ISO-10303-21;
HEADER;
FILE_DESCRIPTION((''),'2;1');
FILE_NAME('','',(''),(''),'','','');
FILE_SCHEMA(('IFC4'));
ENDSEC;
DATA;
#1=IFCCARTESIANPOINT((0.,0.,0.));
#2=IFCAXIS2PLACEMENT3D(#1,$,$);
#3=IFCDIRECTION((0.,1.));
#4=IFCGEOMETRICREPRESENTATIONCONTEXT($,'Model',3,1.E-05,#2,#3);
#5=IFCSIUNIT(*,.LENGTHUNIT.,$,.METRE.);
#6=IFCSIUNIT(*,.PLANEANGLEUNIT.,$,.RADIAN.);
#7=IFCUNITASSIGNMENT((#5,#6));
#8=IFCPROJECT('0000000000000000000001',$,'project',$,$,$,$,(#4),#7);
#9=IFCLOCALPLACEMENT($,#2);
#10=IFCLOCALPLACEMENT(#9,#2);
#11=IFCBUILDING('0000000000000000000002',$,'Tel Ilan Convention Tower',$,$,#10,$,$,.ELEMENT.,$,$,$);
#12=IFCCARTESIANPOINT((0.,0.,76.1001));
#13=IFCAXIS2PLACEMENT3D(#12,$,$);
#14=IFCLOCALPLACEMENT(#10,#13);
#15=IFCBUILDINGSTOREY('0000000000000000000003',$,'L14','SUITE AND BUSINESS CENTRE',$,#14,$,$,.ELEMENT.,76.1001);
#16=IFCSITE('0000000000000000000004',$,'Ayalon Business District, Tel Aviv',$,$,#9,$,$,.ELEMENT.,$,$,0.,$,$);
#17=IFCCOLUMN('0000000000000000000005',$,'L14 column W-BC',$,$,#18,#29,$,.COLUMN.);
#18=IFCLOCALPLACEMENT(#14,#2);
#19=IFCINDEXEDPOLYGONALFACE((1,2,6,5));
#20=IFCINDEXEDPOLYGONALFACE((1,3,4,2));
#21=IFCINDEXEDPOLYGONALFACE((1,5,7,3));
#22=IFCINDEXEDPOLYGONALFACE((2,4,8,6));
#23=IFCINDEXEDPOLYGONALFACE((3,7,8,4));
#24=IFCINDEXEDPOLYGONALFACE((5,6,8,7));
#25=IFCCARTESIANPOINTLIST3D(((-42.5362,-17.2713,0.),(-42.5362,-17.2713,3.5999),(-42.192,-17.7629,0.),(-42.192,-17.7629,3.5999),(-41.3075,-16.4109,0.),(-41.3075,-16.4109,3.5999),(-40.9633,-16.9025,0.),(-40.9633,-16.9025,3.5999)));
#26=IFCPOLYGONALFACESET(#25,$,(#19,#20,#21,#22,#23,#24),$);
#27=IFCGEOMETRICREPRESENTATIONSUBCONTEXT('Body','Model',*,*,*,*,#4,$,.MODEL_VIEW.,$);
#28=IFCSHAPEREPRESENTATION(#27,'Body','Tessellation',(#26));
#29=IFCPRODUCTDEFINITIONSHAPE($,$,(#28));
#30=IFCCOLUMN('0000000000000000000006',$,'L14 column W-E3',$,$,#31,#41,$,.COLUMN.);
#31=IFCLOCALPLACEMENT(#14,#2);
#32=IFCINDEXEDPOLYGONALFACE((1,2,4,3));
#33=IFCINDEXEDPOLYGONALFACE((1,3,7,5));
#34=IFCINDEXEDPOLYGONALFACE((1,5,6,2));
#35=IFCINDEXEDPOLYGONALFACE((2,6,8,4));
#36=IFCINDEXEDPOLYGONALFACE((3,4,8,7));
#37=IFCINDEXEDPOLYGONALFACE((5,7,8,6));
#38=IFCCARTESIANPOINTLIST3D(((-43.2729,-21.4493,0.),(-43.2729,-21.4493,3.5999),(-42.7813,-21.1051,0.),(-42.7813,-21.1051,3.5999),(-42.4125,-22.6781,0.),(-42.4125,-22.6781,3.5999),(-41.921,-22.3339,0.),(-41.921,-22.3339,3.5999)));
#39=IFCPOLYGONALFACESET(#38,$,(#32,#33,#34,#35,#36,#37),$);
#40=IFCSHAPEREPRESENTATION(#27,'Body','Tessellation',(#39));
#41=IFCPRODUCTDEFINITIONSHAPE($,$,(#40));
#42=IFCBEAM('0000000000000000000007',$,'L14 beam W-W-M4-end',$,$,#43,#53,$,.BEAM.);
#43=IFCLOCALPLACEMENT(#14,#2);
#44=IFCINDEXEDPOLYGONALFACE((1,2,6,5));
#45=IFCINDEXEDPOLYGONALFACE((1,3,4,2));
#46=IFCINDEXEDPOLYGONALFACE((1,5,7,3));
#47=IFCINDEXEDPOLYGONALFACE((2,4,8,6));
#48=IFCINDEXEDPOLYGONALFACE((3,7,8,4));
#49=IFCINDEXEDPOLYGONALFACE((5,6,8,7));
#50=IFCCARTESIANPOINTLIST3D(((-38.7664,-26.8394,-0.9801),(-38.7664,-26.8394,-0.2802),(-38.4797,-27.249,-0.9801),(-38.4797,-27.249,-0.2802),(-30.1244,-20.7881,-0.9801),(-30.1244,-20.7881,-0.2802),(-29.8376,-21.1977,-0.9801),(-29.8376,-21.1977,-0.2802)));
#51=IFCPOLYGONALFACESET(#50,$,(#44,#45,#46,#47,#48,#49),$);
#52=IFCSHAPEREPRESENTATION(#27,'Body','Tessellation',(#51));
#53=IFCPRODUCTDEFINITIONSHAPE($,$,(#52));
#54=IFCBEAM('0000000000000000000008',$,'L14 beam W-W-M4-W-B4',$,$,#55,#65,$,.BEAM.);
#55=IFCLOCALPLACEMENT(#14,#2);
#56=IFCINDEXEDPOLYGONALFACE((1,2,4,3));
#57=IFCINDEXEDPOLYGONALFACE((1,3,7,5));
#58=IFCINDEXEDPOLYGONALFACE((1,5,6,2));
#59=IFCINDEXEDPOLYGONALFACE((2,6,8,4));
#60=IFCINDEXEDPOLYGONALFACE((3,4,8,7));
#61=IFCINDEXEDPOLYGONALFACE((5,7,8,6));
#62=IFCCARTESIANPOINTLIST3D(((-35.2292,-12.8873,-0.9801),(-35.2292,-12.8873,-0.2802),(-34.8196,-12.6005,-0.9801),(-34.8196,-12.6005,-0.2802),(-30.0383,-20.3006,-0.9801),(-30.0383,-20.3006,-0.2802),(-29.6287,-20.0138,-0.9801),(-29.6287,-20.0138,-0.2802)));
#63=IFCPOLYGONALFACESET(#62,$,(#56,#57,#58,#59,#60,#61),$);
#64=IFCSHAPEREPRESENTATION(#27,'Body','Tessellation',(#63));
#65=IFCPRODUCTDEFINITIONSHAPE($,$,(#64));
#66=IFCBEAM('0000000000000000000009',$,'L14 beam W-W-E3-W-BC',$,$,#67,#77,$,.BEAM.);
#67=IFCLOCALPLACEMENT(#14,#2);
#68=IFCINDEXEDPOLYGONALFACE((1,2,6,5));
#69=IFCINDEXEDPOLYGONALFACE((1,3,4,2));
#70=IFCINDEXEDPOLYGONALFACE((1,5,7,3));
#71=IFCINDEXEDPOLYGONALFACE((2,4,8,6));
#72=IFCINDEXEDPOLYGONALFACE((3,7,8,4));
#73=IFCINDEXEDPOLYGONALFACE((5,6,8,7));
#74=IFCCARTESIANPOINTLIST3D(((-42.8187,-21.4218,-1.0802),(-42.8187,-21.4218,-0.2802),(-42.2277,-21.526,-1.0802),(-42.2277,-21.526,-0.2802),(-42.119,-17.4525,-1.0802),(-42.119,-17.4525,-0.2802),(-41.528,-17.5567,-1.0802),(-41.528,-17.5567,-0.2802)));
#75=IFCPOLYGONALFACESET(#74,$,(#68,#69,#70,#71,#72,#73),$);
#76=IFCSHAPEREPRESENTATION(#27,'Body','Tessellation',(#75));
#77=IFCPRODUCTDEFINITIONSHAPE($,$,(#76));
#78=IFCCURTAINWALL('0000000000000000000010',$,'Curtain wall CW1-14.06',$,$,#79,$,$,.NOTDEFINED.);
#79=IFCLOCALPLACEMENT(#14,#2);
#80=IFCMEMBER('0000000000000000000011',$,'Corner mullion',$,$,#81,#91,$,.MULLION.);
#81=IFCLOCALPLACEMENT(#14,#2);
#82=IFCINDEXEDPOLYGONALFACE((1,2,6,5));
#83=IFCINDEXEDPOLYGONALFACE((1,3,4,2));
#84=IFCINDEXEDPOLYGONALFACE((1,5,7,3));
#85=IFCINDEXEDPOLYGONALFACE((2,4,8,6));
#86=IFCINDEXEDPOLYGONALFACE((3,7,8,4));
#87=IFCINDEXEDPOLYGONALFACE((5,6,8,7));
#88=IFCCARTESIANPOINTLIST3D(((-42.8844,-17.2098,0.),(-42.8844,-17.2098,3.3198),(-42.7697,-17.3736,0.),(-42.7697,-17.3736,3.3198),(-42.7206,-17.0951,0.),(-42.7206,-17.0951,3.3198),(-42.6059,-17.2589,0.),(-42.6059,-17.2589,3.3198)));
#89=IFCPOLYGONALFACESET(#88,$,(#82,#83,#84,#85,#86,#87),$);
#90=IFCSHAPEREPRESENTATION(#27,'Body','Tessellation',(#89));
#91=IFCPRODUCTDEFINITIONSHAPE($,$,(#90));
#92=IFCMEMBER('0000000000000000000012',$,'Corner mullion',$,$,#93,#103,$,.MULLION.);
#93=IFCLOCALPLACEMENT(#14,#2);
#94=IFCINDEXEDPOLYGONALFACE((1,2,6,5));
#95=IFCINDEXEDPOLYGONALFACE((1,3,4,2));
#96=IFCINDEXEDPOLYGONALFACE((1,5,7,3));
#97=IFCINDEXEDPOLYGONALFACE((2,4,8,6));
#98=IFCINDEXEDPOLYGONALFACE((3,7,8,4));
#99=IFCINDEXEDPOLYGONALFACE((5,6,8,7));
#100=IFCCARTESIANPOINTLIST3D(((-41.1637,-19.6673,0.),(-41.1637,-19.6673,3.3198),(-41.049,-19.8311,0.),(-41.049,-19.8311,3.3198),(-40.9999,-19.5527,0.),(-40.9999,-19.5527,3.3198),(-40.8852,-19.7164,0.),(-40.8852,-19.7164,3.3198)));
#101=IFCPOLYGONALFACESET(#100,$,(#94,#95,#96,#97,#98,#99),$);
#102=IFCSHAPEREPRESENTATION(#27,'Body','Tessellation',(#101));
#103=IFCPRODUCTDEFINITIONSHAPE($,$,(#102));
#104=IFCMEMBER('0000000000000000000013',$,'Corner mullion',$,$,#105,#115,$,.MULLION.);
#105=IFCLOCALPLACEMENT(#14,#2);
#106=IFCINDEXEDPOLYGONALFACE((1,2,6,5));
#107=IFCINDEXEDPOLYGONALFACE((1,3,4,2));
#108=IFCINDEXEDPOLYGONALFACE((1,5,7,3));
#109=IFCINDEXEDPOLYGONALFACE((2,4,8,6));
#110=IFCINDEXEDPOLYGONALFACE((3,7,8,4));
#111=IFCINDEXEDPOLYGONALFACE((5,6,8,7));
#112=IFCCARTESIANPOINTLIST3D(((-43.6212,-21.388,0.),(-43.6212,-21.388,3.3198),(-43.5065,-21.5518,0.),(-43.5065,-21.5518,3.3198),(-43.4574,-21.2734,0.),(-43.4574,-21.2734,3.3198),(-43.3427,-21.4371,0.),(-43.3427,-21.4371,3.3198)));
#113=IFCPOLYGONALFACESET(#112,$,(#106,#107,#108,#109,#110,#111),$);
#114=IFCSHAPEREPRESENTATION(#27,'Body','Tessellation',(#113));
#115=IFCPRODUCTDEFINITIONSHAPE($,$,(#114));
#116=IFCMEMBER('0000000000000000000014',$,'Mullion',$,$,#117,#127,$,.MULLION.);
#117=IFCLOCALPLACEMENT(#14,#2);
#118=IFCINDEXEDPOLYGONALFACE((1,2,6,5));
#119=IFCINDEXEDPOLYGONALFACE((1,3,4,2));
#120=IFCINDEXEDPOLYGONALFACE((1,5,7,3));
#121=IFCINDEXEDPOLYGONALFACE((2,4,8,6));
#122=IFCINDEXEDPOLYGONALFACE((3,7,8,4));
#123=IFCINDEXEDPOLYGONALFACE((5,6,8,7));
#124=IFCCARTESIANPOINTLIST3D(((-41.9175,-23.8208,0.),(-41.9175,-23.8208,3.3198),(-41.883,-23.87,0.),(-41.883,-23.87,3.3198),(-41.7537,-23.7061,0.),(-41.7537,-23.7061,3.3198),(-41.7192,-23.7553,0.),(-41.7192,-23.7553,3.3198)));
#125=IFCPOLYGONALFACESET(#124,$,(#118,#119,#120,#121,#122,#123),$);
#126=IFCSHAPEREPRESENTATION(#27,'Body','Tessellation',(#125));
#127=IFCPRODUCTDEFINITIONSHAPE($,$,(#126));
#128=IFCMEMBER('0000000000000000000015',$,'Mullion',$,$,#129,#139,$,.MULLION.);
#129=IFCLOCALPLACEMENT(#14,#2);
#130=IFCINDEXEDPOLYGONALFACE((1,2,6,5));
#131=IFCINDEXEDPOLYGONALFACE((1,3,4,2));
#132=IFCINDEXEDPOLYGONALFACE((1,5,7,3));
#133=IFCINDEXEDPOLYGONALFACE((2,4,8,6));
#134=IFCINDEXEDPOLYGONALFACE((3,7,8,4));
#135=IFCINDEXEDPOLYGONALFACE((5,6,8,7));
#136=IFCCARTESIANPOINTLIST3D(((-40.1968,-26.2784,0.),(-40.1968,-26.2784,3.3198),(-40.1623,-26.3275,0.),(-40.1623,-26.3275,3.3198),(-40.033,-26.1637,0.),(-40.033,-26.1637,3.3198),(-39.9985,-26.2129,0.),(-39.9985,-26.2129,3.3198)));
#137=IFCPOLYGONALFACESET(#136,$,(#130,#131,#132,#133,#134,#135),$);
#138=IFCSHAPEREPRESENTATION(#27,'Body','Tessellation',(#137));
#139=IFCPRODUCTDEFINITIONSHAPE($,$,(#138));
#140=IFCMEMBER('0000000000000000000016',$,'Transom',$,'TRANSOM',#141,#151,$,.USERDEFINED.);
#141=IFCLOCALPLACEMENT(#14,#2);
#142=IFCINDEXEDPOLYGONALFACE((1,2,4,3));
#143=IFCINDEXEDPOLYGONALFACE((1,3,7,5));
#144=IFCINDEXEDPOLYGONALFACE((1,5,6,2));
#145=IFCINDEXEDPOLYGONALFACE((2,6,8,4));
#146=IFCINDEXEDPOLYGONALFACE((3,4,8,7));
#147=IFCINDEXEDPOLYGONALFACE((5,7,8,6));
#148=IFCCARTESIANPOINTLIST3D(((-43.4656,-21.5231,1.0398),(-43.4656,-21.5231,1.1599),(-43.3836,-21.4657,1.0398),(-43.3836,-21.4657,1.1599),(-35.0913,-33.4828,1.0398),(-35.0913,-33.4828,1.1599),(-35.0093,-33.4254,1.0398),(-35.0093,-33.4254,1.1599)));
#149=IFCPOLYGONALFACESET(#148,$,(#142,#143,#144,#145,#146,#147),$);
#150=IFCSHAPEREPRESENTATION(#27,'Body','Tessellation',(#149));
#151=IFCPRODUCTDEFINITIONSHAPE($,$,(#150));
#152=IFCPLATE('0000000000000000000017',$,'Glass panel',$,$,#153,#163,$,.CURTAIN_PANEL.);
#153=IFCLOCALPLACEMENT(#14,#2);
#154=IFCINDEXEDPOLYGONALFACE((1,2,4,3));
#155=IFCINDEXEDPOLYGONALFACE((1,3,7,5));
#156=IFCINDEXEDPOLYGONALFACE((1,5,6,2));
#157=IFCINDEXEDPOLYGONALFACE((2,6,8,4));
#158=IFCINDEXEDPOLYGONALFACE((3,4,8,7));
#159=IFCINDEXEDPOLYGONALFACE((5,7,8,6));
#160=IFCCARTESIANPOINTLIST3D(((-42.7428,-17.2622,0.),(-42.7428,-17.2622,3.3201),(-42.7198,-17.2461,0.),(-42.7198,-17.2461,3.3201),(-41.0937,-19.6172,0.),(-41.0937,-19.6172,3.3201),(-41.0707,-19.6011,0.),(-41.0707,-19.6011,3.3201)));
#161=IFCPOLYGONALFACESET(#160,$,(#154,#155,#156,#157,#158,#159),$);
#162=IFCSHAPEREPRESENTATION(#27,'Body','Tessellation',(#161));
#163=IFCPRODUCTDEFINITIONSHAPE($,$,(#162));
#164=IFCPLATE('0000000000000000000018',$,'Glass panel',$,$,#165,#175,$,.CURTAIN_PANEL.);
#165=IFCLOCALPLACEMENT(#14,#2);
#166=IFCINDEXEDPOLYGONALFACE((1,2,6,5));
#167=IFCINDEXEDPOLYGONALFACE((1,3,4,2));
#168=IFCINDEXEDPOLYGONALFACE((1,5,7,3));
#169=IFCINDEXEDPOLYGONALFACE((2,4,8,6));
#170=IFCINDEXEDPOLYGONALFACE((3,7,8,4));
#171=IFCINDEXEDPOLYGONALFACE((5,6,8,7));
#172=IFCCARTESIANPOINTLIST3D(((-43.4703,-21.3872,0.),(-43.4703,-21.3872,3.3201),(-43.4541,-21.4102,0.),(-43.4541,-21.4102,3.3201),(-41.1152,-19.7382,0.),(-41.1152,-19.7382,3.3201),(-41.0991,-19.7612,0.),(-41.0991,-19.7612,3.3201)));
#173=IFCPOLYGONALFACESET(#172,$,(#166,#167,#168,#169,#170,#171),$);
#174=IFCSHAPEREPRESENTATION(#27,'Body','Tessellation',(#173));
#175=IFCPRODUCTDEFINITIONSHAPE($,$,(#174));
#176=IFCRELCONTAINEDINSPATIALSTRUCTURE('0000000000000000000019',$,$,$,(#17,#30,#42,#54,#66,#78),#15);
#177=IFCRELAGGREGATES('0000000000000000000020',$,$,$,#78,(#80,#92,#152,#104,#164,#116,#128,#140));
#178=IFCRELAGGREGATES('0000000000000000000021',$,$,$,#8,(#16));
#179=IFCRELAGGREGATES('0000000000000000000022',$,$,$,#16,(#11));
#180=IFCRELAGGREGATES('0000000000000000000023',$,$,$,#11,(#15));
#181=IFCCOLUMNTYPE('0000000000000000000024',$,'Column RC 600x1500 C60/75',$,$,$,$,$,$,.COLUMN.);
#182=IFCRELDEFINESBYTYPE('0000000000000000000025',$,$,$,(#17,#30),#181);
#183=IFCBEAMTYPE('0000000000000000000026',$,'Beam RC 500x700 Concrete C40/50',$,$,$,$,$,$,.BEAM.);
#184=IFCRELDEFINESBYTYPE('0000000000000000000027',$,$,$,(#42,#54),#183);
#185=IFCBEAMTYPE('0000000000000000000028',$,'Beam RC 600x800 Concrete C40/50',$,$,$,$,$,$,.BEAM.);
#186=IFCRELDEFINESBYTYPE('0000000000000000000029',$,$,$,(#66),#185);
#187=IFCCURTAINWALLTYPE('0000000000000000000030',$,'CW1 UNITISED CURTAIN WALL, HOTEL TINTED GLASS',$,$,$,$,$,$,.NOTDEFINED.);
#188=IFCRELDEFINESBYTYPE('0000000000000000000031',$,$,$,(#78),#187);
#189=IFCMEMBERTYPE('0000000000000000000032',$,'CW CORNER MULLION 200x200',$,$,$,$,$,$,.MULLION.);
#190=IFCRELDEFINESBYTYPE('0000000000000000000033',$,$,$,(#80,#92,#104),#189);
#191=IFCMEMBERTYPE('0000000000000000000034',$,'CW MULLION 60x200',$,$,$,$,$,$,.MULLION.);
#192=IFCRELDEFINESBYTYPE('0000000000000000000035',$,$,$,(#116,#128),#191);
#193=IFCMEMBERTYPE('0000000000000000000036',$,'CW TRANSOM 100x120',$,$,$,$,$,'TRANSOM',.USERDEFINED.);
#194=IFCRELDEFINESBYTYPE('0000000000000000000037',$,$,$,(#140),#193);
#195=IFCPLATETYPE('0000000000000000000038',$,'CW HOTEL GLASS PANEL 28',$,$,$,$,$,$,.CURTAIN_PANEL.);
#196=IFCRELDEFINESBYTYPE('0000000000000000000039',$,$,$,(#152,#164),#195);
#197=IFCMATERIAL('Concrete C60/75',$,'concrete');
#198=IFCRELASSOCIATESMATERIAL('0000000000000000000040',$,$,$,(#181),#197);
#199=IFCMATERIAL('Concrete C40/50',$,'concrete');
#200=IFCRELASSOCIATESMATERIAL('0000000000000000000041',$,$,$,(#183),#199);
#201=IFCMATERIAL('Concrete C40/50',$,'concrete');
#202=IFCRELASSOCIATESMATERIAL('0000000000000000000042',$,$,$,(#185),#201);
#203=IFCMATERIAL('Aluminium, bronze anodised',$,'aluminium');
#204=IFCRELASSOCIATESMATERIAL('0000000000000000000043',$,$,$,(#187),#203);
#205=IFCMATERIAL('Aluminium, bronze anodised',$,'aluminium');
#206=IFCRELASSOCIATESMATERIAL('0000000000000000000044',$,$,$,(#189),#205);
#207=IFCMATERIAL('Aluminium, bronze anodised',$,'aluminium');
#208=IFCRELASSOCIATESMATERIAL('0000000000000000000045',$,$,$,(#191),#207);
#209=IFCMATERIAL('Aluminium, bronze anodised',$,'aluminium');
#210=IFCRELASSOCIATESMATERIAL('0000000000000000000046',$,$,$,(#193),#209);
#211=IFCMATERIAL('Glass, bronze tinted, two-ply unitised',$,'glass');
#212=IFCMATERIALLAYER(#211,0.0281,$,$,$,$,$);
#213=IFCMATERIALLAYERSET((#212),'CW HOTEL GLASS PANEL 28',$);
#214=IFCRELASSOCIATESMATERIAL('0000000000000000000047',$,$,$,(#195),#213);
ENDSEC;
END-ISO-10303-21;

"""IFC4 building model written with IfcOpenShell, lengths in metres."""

from ifc_helpers import new_model, si_unit, direction, frame, origin, origin_2d, place, context, subcontext, project, spatial, rectangle, extrude, material, layer, layer_set, material_profile, profile_set, type_object, element, aggregate, save


model = new_model("IFC4")

# Units and contexts
model_context = context("Model", 3, precision=1e-05, world=origin(), true_north=direction((0.0, 1.0)))
body_context = subcontext(model_context, "Body", "Model", "MODEL_VIEW")
ifc_project = project(units=[si_unit("LENGTHUNIT", "METRE"), si_unit("PLANEANGLEUNIT", "RADIAN")], contexts=[model_context])

# Site, building, storey
site_placement = place(None, origin())
site = spatial("IfcSite", under=ifc_project, at=site_placement, Name="Ayalon Business District, Tel Aviv", CompositionType="ELEMENT", RefElevation=0.0)
building_placement = place(site_placement, origin())
building = spatial("IfcBuilding", under=site, at=building_placement, Name="Tel Ilan Convention Tower", CompositionType="ELEMENT")
storey_placement = place(building_placement, frame((0.0, 0.0, 76.1001)))
storey = spatial("IfcBuildingStorey", under=building, at=storey_placement, Name="L14", Description="SUITE AND BUSINESS CENTRE", CompositionType="ELEMENT", Elevation=76.1001)

# Columns
ifc_material_1 = material(Name="Concrete C60/75", Category="concrete")
ifc_material_profile_1 = material_profile(ifc_material_1, rectangle(XDim=1.5, YDim=0.6001, at=origin_2d()), Name="RC 600x1500")
ifc_profile_set_1 = profile_set([ifc_material_profile_1], Name="Concrete C60/75")
column_type = type_object("IfcColumnType", Name="Column RC 600x1500 C60/75", PredefinedType="COLUMN", material=ifc_profile_set_1)
for number, where, z_axis, x_axis, name in (
    (1, (-41.7498, -17.0869, 0.0), (0.0, 0.0, 1.0), (-0.819152, -0.573576, 0.0), "L14 column W-BC"),
    (2, (-42.5969, -21.8916, 0.0), (0.0, 0.0, 1.0), (-0.573576, 0.819152, 0.0), "L14 column W-E3"),
):
    element("IfcColumn", number, at=place(storey_placement, frame(where, z_axis=z_axis, x_axis=x_axis)), inside=storey, type_object=column_type, Name=name, PredefinedType="COLUMN", context=body_context, shape_type="SweptSolid", body=[
        extrude(rectangle(XDim=1.5, YDim=0.6001, at=origin_2d()), origin(), (0.0, 0.0, 1.0), 3.5999),
    ])

# Beams
ifc_material_2 = material(Name="Concrete C40/50", Category="concrete")
ifc_material_profile_2 = material_profile(ifc_material_2, rectangle(XDim=0.5, YDim=0.7, at=origin_2d()), Name="RC 500x700")
ifc_profile_set_2 = profile_set([ifc_material_profile_2], Name="Concrete C40/50")
beam_type_1 = type_object("IfcBeamType", Name="Beam RC 500x700 Concrete C40/50", PredefinedType="BEAM", material=ifc_profile_set_2)
beam_1_placement = place(storey_placement, frame((-29.981, -20.9929, -0.6301), z_axis=(-0.819151, -0.573577, 0.0), x_axis=(0.573577, -0.819151, 0.0)))
element("IfcBeam", 3, at=beam_1_placement, inside=storey, type_object=beam_type_1, Name="L14 beam W-W-M4-end", PredefinedType="BEAM", context=body_context, shape_type="SweptSolid", body=[
    extrude(rectangle(XDim=0.5, YDim=0.7, at=origin_2d()), origin(), (0.0, 0.0, 1.0), 10.55),
])
beam_2_placement = place(storey_placement, frame((-29.8335, -20.1572, -0.6301), z_axis=(-0.57358, 0.81915, 0.0), x_axis=(-0.81915, -0.57358, 0.0)))
element("IfcBeam", 4, at=beam_2_placement, inside=storey, type_object=beam_type_1, Name="L14 beam W-W-M4-W-B4", PredefinedType="BEAM", context=body_context, shape_type="SweptSolid", body=[
    extrude(rectangle(XDim=0.5, YDim=0.7, at=origin_2d()), origin(), (0.0, 0.0, 1.0), 9.05),
])
ifc_material_3 = material(Name="Concrete C40/50", Category="concrete")
ifc_material_profile_3 = material_profile(ifc_material_3, rectangle(XDim=0.6001, YDim=0.8, at=origin_2d()), Name="RC 600x800")
ifc_profile_set_3 = profile_set([ifc_material_profile_3], Name="Concrete C40/50")
beam_type_2 = type_object("IfcBeamType", Name="Beam RC 600x800 Concrete C40/50", PredefinedType="BEAM", material=ifc_profile_set_3)
beam_3_placement = place(storey_placement, frame((-42.5232, -21.4739, -0.6802), z_axis=(0.173606, 0.984815, 0.0), x_axis=(-0.984815, 0.173606, 0.0)))
element("IfcBeam", 5, at=beam_3_placement, inside=storey, type_object=beam_type_2, Name="L14 beam W-W-E3-W-BC", PredefinedType="BEAM", context=body_context, shape_type="SweptSolid", body=[
    extrude(rectangle(XDim=0.6001, YDim=0.8, at=origin_2d()), origin(), (0.0, 0.0, 1.0), 4.0305),
])

# Curtain wall, members, plates
ifc_material_4 = material(Name="Aluminium, bronze anodised", Category="aluminium")
curtain_wall_type = type_object("IfcCurtainWallType", Name="CW1 UNITISED CURTAIN WALL, HOTEL TINTED GLASS", PredefinedType="NOTDEFINED", material=ifc_material_4)
curtain_wall_placement = place(storey_placement, origin())
curtain_wall = element("IfcCurtainWall", 6, at=curtain_wall_placement, inside=storey, type_object=curtain_wall_type, Name="Curtain wall CW1-14.06", PredefinedType="NOTDEFINED")
ifc_material_5 = material(Name="Aluminium, bronze anodised", Category="aluminium")
ifc_material_profile_4 = material_profile(ifc_material_5, rectangle(XDim=0.2, YDim=0.2, at=origin_2d()), Name="CW CORNER MULLION 200x200")
ifc_profile_set_4 = profile_set([ifc_material_profile_4], Name="Aluminium, bronze anodised")
member_type_1 = type_object("IfcMemberType", Name="CW CORNER MULLION 200x200", PredefinedType="MULLION", material=ifc_profile_set_4)
member_1_placement = place(storey_placement, frame((-42.7451, -17.2344, 0.0), z_axis=(0.0, 0.0, 1.0), x_axis=(-0.819152, -0.573576, 0.0)))
member_1 = element("IfcMember", 7, at=member_1_placement, type_object=member_type_1, Name="Corner mullion", PredefinedType="MULLION", context=body_context, shape_type="SweptSolid", body=[
    extrude(rectangle(XDim=0.2, YDim=0.2, at=origin_2d()), origin(), (0.0, 0.0, 1.0), 3.3198),
])
member_2_placement = place(storey_placement, frame((-41.0244, -19.6919, 0.0), z_axis=(0.0, 0.0, 1.0), x_axis=(0.573576, -0.819152, 0.0)))
member_2 = element("IfcMember", 8, at=member_2_placement, type_object=member_type_1, Name="Corner mullion", PredefinedType="MULLION", context=body_context, shape_type="SweptSolid", body=[
    extrude(rectangle(XDim=0.2, YDim=0.2, at=origin_2d()), origin(), (0.0, 0.0, 1.0), 3.3198),
])
member_3_placement = place(storey_placement, frame((-43.4819, -21.4126, 0.0), z_axis=(0.0, 0.0, 1.0), x_axis=(-0.819152, -0.573576, 0.0)))
member_3 = element("IfcMember", 9, at=member_3_placement, type_object=member_type_1, Name="Corner mullion", PredefinedType="MULLION", context=body_context, shape_type="SweptSolid", body=[
    extrude(rectangle(XDim=0.2, YDim=0.2, at=origin_2d()), origin(), (0.0, 0.0, 1.0), 3.3198),
])
ifc_material_6 = material(Name="Aluminium, bronze anodised", Category="aluminium")
ifc_material_profile_5 = material_profile(ifc_material_6, rectangle(XDim=0.0601, YDim=0.2, at=origin_2d()), Name="CW MULLION 60x200")
ifc_profile_set_5 = profile_set([ifc_material_profile_5], Name="Aluminium, bronze anodised")
member_type_2 = type_object("IfcMemberType", Name="CW MULLION 60x200", PredefinedType="MULLION", material=ifc_profile_set_5)
member_4_placement = place(storey_placement, frame((-41.8184, -23.7881, 0.0), z_axis=(0.0, 0.0, 1.0), x_axis=(0.573576, -0.819152, 0.0)))
member_4 = element("IfcMember", 10, at=member_4_placement, type_object=member_type_2, Name="Mullion", PredefinedType="MULLION", context=body_context, shape_type="SweptSolid", body=[
    extrude(rectangle(XDim=0.0601, YDim=0.2, at=origin_2d()), origin(), (0.0, 0.0, 1.0), 3.3198),
])
member_5_placement = place(storey_placement, frame((-40.0977, -26.2456, 0.0), z_axis=(0.0, 0.0, 1.0), x_axis=(0.573576, -0.819152, 0.0)))
member_5 = element("IfcMember", 11, at=member_5_placement, type_object=member_type_2, Name="Mullion", PredefinedType="MULLION", context=body_context, shape_type="SweptSolid", body=[
    extrude(rectangle(XDim=0.0601, YDim=0.2, at=origin_2d()), origin(), (0.0, 0.0, 1.0), 3.3198),
])
ifc_material_7 = material(Name="Aluminium, bronze anodised", Category="aluminium")
ifc_material_profile_6 = material_profile(ifc_material_7, rectangle(XDim=0.1001, YDim=0.1201, at=origin_2d()), Name="CW TRANSOM 100x120")
ifc_profile_set_6 = profile_set([ifc_material_profile_6], Name="Aluminium, bronze anodised")
member_type_3 = type_object("IfcMemberType", Name="CW TRANSOM 100x120", ElementType="TRANSOM", PredefinedType="USERDEFINED", material=ifc_profile_set_6)
member_6_placement = place(storey_placement, frame((-43.4246, -21.4944, 1.0999), z_axis=(0.573576, -0.819153, 0.0), x_axis=(0.819153, 0.573576, 0.0)))
member_6 = element("IfcMember", 12, at=member_6_placement, type_object=member_type_3, Name="Transom", ObjectType="TRANSOM", PredefinedType="USERDEFINED", context=body_context, shape_type="SweptSolid", body=[
    extrude(rectangle(XDim=0.1001, YDim=0.1201, at=origin_2d()), origin(), (0.0, 0.0, 1.0), 14.6001),
])
ifc_material_8 = material(Name="Glass, bronze tinted, two-ply unitised", Category="glass")
ifc_layer_1 = layer(ifc_material_8, 0.0281)
ifc_layer_set_1 = layer_set([ifc_layer_1], Name="CW HOTEL GLASS PANEL 28")
plate_type = type_object("IfcPlateType", Name="CW HOTEL GLASS PANEL 28", PredefinedType="CURTAIN_PANEL", material=ifc_layer_set_1)
plate_1_placement = place(storey_placement, frame((-41.9067, -18.4316, 0.0), z_axis=(0.0, 0.0, 1.0), x_axis=(0.573576, -0.819152, 0.0)))
plate_1 = element("IfcPlate", 13, at=plate_1_placement, type_object=plate_type, Name="Glass panel", PredefinedType="CURTAIN_PANEL", context=body_context, shape_type="SweptSolid", body=[
    extrude(rectangle(XDim=2.875, YDim=0.0281, at=origin_2d()), origin(), (0.0, 0.0, 1.0), 3.3201),
])
plate_2_placement = place(storey_placement, frame((-42.2847, -20.5742, 0.0), z_axis=(0.0, 0.0, 1.0), x_axis=(-0.819152, -0.573576, 0.0)))
plate_2 = element("IfcPlate", 14, at=plate_2_placement, type_object=plate_type, Name="Glass panel", PredefinedType="CURTAIN_PANEL", context=body_context, shape_type="SweptSolid", body=[
    extrude(rectangle(XDim=2.875, YDim=0.0281, at=origin_2d()), origin(), (0.0, 0.0, 1.0), 3.3201),
])
aggregate(curtain_wall, [member_1, member_2, plate_1, member_3, plate_2, member_4, member_5, member_6])

save(model, "model.ifc")
